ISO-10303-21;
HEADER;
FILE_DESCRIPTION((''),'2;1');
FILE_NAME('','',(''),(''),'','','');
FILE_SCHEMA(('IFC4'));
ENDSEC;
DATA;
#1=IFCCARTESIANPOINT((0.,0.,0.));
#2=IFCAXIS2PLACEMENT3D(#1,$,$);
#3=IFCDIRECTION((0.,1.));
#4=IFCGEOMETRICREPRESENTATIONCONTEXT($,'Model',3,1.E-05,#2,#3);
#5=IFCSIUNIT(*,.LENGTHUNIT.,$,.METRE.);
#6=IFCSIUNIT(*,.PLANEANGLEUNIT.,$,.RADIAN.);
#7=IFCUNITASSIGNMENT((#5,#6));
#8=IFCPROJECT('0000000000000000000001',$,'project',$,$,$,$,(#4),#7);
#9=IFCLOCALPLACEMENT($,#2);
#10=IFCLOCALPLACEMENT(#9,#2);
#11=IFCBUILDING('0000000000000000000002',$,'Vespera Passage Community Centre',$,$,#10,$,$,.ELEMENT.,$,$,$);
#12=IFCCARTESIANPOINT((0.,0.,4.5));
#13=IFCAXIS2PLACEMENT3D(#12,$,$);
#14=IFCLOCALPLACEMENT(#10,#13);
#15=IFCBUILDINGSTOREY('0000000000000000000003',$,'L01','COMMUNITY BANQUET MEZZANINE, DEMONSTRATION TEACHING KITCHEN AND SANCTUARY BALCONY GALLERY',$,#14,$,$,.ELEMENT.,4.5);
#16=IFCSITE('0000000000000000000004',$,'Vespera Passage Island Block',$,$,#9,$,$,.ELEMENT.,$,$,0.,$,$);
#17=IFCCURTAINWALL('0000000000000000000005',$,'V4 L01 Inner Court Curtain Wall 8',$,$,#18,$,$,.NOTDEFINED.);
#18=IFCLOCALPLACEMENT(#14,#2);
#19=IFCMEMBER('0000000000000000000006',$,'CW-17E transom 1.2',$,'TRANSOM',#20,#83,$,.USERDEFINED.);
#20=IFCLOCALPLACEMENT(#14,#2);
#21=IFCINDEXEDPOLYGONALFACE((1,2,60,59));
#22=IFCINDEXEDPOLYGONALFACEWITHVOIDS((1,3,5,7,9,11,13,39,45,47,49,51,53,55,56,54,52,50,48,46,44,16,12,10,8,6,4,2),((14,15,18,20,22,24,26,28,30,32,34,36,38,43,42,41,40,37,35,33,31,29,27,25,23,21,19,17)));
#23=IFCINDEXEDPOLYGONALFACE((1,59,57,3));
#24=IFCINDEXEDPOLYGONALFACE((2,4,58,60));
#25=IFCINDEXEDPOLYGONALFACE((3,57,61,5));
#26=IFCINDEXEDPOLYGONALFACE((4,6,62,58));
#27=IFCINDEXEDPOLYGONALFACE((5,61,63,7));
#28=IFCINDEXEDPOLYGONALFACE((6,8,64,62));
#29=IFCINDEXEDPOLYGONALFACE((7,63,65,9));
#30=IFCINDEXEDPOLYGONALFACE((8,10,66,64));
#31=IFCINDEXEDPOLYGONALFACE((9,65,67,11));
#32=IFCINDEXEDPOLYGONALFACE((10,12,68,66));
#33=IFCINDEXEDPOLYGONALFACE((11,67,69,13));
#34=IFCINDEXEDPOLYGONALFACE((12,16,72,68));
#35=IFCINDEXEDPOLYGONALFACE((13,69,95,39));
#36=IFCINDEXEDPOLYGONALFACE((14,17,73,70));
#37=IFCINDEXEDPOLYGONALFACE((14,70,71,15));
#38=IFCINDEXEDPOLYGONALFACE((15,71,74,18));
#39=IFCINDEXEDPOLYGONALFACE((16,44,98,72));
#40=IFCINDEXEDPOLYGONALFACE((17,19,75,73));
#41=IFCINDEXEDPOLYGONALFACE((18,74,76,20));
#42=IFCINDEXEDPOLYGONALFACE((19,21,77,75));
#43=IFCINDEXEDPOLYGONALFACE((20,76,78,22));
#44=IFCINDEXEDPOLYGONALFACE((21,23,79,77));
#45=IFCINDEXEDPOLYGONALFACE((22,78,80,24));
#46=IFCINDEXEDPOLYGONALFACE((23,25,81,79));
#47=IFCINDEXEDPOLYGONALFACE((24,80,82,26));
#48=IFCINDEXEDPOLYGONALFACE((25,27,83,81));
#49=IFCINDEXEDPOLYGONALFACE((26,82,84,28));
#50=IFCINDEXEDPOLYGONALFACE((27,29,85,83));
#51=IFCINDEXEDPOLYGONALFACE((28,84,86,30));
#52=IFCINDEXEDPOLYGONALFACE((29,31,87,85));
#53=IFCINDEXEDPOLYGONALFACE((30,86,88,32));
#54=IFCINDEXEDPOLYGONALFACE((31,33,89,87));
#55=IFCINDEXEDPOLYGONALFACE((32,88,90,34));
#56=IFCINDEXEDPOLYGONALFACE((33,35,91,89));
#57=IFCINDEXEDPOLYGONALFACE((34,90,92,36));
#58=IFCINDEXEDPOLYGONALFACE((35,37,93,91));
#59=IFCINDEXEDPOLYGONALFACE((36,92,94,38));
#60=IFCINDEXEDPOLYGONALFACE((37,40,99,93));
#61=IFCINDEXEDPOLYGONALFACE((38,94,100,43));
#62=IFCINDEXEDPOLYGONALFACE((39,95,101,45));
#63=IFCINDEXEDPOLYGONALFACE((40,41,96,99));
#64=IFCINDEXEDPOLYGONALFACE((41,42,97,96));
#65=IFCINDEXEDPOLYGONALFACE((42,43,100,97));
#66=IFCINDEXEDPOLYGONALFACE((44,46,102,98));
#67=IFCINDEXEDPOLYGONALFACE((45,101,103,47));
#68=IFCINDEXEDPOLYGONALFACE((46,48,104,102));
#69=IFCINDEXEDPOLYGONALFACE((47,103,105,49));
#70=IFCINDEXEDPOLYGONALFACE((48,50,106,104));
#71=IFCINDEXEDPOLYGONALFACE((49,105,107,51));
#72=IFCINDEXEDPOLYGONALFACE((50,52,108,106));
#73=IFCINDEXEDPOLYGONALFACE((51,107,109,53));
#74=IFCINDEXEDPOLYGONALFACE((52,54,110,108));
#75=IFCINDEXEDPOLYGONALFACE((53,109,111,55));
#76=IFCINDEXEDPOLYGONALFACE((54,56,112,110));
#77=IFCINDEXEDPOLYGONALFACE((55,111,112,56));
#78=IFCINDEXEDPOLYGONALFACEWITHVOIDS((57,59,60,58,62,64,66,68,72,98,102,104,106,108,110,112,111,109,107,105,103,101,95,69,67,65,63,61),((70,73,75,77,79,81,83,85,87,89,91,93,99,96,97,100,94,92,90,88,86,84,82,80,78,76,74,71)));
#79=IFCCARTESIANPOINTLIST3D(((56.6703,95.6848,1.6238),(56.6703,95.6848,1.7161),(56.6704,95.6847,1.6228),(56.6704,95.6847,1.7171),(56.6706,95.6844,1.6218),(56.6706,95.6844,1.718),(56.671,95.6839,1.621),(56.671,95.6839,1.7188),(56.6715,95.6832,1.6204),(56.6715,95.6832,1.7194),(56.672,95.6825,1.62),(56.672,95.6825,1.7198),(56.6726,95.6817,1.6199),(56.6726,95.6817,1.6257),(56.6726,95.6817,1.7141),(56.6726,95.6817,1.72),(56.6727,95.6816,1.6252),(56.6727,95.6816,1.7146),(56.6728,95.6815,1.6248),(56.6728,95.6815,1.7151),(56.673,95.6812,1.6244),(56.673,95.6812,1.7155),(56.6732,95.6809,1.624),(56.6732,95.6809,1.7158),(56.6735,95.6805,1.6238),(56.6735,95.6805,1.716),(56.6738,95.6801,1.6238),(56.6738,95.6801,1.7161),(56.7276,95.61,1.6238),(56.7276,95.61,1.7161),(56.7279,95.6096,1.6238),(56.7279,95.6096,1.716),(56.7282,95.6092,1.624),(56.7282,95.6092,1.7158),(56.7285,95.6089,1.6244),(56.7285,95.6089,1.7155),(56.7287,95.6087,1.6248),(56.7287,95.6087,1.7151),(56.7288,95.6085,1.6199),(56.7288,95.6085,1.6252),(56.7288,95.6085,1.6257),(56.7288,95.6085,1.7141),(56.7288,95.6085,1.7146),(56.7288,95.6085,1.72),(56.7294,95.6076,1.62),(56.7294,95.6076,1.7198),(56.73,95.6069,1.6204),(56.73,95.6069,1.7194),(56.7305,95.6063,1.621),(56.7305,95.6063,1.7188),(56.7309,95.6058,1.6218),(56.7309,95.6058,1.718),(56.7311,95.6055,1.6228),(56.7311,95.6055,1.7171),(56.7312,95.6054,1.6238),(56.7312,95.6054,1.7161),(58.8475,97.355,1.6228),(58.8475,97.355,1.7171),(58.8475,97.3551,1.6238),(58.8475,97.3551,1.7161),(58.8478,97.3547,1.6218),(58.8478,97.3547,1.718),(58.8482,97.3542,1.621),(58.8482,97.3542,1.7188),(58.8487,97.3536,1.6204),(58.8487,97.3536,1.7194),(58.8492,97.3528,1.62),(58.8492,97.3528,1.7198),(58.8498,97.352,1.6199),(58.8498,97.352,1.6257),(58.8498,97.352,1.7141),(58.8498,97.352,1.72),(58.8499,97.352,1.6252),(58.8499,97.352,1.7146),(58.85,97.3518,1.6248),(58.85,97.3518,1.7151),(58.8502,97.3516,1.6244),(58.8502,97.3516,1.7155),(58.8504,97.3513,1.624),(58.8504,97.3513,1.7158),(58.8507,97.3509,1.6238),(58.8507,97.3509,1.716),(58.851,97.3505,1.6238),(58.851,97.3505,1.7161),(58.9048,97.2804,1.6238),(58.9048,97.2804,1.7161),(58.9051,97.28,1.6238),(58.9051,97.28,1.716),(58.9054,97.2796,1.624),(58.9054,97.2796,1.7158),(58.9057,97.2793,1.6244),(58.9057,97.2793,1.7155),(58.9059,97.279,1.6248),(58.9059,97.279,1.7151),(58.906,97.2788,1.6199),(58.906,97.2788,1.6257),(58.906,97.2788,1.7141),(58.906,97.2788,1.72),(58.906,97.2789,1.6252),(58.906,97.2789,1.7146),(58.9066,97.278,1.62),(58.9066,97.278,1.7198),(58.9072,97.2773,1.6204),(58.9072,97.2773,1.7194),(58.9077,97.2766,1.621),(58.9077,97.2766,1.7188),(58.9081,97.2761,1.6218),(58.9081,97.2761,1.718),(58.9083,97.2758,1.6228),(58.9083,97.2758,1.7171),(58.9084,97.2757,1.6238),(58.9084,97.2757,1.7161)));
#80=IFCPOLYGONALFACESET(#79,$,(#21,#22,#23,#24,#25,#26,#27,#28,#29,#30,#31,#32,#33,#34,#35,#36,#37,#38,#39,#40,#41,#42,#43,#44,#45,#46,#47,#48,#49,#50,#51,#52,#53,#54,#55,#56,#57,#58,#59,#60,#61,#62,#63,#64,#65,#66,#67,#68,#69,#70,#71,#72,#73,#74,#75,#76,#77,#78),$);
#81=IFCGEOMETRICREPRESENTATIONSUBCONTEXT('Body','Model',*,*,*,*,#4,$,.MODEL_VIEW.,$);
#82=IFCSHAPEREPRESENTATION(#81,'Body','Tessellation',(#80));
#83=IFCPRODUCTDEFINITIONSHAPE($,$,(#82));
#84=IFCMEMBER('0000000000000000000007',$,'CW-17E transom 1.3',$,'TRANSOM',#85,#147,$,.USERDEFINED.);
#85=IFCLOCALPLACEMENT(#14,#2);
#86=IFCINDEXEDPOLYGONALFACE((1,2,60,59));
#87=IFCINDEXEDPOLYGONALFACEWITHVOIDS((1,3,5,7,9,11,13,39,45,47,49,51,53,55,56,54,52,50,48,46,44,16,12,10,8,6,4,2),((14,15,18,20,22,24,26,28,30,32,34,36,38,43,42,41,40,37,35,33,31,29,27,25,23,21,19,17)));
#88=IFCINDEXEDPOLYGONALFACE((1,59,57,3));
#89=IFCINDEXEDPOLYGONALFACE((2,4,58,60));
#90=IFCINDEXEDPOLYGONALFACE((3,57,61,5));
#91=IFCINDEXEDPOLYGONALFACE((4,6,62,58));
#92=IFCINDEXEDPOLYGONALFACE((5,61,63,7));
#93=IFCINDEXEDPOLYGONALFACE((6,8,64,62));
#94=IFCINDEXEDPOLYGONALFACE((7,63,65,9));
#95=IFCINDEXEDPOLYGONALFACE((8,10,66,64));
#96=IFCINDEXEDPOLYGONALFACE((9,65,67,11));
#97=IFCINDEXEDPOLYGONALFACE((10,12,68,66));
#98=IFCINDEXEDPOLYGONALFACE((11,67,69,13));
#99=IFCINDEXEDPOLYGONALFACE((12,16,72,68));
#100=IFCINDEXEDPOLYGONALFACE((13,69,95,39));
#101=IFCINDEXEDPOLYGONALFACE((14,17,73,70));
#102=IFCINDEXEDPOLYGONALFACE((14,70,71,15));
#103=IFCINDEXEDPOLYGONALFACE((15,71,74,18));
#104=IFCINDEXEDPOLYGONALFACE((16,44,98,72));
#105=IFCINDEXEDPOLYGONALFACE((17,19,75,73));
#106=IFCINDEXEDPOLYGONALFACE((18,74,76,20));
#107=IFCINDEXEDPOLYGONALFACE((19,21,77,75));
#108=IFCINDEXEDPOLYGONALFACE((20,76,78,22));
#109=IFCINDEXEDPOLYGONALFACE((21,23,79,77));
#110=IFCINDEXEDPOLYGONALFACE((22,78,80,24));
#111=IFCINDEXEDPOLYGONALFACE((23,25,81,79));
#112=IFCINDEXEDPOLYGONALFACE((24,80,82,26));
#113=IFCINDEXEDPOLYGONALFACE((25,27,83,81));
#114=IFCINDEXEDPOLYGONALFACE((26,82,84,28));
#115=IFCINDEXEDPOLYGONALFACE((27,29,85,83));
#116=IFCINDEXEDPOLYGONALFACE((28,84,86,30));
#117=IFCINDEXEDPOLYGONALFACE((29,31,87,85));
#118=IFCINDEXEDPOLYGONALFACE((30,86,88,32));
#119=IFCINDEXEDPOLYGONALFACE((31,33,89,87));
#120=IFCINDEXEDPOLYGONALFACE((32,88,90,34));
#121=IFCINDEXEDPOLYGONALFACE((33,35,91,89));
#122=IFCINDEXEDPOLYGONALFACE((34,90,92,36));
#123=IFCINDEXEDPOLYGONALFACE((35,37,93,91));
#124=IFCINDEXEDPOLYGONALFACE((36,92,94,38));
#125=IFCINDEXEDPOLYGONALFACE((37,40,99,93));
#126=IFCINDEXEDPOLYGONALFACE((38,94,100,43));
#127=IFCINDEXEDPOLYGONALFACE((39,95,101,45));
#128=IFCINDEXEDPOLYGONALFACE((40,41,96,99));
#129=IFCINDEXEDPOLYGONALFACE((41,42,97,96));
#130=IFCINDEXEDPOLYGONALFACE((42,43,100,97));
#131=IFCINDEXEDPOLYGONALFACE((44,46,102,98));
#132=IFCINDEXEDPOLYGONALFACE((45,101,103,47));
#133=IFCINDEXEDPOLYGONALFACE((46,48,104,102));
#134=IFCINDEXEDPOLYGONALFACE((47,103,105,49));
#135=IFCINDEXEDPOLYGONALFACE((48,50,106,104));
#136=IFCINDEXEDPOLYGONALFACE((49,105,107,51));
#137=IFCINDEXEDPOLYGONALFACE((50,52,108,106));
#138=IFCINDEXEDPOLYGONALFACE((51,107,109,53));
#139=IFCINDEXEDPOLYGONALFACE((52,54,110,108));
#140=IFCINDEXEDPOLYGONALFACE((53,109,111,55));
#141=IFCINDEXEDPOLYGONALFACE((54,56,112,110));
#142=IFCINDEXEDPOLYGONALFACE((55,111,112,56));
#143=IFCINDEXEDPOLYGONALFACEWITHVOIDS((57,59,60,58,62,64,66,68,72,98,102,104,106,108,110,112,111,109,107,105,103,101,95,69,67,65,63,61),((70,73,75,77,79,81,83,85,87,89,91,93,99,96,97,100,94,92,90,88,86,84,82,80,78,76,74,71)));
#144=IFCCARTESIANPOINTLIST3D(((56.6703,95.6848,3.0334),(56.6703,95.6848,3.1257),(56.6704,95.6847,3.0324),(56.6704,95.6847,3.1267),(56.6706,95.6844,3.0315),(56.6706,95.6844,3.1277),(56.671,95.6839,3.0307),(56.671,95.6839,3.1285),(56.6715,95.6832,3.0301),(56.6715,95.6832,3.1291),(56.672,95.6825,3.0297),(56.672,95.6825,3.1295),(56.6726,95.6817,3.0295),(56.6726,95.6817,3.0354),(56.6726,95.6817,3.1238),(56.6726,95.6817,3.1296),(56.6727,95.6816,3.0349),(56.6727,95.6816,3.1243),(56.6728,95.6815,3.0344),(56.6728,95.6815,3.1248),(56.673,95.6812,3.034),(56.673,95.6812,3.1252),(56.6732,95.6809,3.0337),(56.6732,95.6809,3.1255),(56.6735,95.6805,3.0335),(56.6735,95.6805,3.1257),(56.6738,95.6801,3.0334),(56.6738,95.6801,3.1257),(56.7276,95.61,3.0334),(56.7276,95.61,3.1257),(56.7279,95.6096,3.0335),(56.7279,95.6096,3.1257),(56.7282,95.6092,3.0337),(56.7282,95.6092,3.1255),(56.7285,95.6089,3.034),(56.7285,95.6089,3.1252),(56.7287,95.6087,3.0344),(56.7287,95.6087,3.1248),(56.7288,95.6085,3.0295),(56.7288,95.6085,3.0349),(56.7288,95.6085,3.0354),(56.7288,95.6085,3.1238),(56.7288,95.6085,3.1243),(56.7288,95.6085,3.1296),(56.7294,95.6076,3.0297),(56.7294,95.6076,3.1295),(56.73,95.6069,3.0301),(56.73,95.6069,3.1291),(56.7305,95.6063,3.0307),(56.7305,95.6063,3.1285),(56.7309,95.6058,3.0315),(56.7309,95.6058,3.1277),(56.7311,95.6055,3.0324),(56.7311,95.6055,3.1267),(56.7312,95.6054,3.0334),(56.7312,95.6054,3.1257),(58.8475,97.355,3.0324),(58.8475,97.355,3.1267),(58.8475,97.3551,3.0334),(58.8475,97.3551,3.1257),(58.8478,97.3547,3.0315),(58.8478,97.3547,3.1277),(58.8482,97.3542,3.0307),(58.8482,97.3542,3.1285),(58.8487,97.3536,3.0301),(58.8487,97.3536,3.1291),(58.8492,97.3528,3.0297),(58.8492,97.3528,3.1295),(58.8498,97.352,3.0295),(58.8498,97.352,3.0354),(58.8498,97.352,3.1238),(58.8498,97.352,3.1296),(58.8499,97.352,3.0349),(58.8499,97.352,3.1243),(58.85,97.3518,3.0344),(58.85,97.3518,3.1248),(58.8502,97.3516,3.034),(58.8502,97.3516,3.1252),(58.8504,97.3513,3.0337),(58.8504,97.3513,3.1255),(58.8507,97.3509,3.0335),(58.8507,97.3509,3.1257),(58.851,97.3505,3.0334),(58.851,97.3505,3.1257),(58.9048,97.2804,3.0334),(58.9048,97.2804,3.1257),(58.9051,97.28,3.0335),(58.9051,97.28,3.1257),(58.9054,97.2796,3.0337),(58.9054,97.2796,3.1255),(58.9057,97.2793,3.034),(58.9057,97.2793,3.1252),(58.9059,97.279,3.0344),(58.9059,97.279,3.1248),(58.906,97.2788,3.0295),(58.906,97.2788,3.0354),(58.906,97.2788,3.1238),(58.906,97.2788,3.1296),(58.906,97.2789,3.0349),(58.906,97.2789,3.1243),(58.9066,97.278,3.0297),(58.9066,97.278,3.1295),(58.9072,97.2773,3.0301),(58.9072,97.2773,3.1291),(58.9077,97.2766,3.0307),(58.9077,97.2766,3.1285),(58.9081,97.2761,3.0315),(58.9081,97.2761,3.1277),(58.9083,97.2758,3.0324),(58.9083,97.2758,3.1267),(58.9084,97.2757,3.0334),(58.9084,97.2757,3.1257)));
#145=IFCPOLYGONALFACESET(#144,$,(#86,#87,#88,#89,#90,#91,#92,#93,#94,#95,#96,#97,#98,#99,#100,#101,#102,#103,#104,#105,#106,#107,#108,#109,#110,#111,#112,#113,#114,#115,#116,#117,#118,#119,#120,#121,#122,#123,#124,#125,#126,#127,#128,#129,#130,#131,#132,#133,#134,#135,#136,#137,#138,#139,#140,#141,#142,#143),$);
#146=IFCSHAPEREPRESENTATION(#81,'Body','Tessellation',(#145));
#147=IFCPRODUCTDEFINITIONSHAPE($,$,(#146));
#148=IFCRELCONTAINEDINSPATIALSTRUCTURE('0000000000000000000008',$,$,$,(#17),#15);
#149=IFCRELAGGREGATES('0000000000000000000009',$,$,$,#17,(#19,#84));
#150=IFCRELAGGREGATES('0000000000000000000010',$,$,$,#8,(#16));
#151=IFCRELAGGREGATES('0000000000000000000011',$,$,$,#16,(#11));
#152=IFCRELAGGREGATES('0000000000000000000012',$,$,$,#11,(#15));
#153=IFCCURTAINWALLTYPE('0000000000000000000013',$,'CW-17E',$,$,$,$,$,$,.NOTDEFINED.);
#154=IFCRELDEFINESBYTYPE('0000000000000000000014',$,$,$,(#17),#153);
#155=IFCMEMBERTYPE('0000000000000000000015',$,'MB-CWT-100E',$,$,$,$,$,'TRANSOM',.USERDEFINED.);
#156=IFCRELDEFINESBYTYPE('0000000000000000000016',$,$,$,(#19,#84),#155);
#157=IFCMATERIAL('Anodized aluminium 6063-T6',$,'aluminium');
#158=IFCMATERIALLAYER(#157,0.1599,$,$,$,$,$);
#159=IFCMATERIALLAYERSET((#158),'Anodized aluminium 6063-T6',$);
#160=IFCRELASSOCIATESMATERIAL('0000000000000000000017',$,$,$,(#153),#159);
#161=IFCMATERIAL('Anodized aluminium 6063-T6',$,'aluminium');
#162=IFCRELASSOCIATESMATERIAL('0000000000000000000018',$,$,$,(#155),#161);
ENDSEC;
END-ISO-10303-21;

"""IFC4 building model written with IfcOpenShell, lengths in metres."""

from ifc_helpers import new_model, si_unit, direction, frame, origin, origin_2d, place, context, subcontext, project, spatial, hollow_rectangle, extrude, material, layer, layer_set, material_profile, profile_set, type_object, element, aggregate, save


model = new_model("IFC4")

# Units and contexts
model_context = context("Model", 3, precision=1e-05, world=origin(), true_north=direction((0.0, 1.0)))
body_context = subcontext(model_context, "Body", "Model", "MODEL_VIEW")
ifc_project = project(units=[si_unit("LENGTHUNIT", "METRE"), si_unit("PLANEANGLEUNIT", "RADIAN")], contexts=[model_context])

# Site, building, storey
site_placement = place(None, origin())
site = spatial("IfcSite", under=ifc_project, at=site_placement, Name="Vespera Passage Island Block", CompositionType="ELEMENT", RefElevation=0.0)
building_placement = place(site_placement, origin())
building = spatial("IfcBuilding", under=site, at=building_placement, Name="Vespera Passage Community Centre", CompositionType="ELEMENT")
storey_placement = place(building_placement, frame((0.0, 0.0, 4.5)))
storey = spatial("IfcBuildingStorey", under=building, at=storey_placement, Name="L01", Description="COMMUNITY BANQUET MEZZANINE, DEMONSTRATION TEACHING KITCHEN AND SANCTUARY BALCONY GALLERY", CompositionType="ELEMENT", Elevation=4.5)

# Curtain wall, members
ifc_material_1 = material(Name="Anodized aluminium 6063-T6", Category="aluminium")
ifc_layer_1 = layer(ifc_material_1, 0.1599)
ifc_layer_set_1 = layer_set([ifc_layer_1], Name="Anodized aluminium 6063-T6")
curtain_wall_type = type_object("IfcCurtainWallType", Name="CW-17E", PredefinedType="NOTDEFINED", material=ifc_layer_set_1)
curtain_wall_placement = place(storey_placement, origin())
curtain_wall = element("IfcCurtainWall", 1, at=curtain_wall_placement, inside=storey, type_object=curtain_wall_type, Name="V4 L01 Inner Court Curtain Wall 8", PredefinedType="NOTDEFINED")
ifc_material_2 = material(Name="Anodized aluminium 6063-T6", Category="aluminium")
ifc_material_profile_1 = material_profile(ifc_material_2, hollow_rectangle(XDim=0.1001, YDim=0.1001, WallThickness=0.0039, InnerFilletRadius=0.002, OuterFilletRadius=0.0039, at=origin_2d()), Name="ALU100X100X4")
ifc_profile_set_1 = profile_set([ifc_material_profile_1], Name="Anodized aluminium 6063-T6")
member_type_1 = type_object("IfcMemberType", Name="MB-CWT-100E", ElementType="TRANSOM", PredefinedType="USERDEFINED", material=ifc_profile_set_1)
member_1_placement = place(storey_placement, frame((58.8779, 97.3154, 1.6699), z_axis=(-0.793397, -0.608704, 0.0), x_axis=(0.608704, -0.793397, 0.0)))
member_1 = element("IfcMember", 2, at=member_1_placement, type_object=member_type_1, Name="CW-17E transom 1.2", ObjectType="TRANSOM", PredefinedType="USERDEFINED", context=body_context, shape_type="SweptSolid", body=[
    extrude(hollow_rectangle(XDim=0.1001, YDim=0.1001, WallThickness=0.0039, InnerFilletRadius=0.002, OuterFilletRadius=0.0039, at=origin_2d()), origin(), (0.0, 0.0, 1.0), 2.7441),
])
member_2_placement = place(storey_placement, frame((58.8779, 97.3154, 3.0796), z_axis=(-0.793397, -0.608704, 0.0), x_axis=(0.608704, -0.793397, 0.0)))
member_2 = element("IfcMember", 3, at=member_2_placement, type_object=member_type_1, Name="CW-17E transom 1.3", ObjectType="TRANSOM", PredefinedType="USERDEFINED", context=body_context, shape_type="SweptSolid", body=[
    extrude(hollow_rectangle(XDim=0.1001, YDim=0.1001, WallThickness=0.0039, InnerFilletRadius=0.002, OuterFilletRadius=0.0039, at=origin_2d()), origin(), (0.0, 0.0, 1.0), 2.7441),
])
aggregate(curtain_wall, [member_1, member_2])

save(model, "model.ifc")
